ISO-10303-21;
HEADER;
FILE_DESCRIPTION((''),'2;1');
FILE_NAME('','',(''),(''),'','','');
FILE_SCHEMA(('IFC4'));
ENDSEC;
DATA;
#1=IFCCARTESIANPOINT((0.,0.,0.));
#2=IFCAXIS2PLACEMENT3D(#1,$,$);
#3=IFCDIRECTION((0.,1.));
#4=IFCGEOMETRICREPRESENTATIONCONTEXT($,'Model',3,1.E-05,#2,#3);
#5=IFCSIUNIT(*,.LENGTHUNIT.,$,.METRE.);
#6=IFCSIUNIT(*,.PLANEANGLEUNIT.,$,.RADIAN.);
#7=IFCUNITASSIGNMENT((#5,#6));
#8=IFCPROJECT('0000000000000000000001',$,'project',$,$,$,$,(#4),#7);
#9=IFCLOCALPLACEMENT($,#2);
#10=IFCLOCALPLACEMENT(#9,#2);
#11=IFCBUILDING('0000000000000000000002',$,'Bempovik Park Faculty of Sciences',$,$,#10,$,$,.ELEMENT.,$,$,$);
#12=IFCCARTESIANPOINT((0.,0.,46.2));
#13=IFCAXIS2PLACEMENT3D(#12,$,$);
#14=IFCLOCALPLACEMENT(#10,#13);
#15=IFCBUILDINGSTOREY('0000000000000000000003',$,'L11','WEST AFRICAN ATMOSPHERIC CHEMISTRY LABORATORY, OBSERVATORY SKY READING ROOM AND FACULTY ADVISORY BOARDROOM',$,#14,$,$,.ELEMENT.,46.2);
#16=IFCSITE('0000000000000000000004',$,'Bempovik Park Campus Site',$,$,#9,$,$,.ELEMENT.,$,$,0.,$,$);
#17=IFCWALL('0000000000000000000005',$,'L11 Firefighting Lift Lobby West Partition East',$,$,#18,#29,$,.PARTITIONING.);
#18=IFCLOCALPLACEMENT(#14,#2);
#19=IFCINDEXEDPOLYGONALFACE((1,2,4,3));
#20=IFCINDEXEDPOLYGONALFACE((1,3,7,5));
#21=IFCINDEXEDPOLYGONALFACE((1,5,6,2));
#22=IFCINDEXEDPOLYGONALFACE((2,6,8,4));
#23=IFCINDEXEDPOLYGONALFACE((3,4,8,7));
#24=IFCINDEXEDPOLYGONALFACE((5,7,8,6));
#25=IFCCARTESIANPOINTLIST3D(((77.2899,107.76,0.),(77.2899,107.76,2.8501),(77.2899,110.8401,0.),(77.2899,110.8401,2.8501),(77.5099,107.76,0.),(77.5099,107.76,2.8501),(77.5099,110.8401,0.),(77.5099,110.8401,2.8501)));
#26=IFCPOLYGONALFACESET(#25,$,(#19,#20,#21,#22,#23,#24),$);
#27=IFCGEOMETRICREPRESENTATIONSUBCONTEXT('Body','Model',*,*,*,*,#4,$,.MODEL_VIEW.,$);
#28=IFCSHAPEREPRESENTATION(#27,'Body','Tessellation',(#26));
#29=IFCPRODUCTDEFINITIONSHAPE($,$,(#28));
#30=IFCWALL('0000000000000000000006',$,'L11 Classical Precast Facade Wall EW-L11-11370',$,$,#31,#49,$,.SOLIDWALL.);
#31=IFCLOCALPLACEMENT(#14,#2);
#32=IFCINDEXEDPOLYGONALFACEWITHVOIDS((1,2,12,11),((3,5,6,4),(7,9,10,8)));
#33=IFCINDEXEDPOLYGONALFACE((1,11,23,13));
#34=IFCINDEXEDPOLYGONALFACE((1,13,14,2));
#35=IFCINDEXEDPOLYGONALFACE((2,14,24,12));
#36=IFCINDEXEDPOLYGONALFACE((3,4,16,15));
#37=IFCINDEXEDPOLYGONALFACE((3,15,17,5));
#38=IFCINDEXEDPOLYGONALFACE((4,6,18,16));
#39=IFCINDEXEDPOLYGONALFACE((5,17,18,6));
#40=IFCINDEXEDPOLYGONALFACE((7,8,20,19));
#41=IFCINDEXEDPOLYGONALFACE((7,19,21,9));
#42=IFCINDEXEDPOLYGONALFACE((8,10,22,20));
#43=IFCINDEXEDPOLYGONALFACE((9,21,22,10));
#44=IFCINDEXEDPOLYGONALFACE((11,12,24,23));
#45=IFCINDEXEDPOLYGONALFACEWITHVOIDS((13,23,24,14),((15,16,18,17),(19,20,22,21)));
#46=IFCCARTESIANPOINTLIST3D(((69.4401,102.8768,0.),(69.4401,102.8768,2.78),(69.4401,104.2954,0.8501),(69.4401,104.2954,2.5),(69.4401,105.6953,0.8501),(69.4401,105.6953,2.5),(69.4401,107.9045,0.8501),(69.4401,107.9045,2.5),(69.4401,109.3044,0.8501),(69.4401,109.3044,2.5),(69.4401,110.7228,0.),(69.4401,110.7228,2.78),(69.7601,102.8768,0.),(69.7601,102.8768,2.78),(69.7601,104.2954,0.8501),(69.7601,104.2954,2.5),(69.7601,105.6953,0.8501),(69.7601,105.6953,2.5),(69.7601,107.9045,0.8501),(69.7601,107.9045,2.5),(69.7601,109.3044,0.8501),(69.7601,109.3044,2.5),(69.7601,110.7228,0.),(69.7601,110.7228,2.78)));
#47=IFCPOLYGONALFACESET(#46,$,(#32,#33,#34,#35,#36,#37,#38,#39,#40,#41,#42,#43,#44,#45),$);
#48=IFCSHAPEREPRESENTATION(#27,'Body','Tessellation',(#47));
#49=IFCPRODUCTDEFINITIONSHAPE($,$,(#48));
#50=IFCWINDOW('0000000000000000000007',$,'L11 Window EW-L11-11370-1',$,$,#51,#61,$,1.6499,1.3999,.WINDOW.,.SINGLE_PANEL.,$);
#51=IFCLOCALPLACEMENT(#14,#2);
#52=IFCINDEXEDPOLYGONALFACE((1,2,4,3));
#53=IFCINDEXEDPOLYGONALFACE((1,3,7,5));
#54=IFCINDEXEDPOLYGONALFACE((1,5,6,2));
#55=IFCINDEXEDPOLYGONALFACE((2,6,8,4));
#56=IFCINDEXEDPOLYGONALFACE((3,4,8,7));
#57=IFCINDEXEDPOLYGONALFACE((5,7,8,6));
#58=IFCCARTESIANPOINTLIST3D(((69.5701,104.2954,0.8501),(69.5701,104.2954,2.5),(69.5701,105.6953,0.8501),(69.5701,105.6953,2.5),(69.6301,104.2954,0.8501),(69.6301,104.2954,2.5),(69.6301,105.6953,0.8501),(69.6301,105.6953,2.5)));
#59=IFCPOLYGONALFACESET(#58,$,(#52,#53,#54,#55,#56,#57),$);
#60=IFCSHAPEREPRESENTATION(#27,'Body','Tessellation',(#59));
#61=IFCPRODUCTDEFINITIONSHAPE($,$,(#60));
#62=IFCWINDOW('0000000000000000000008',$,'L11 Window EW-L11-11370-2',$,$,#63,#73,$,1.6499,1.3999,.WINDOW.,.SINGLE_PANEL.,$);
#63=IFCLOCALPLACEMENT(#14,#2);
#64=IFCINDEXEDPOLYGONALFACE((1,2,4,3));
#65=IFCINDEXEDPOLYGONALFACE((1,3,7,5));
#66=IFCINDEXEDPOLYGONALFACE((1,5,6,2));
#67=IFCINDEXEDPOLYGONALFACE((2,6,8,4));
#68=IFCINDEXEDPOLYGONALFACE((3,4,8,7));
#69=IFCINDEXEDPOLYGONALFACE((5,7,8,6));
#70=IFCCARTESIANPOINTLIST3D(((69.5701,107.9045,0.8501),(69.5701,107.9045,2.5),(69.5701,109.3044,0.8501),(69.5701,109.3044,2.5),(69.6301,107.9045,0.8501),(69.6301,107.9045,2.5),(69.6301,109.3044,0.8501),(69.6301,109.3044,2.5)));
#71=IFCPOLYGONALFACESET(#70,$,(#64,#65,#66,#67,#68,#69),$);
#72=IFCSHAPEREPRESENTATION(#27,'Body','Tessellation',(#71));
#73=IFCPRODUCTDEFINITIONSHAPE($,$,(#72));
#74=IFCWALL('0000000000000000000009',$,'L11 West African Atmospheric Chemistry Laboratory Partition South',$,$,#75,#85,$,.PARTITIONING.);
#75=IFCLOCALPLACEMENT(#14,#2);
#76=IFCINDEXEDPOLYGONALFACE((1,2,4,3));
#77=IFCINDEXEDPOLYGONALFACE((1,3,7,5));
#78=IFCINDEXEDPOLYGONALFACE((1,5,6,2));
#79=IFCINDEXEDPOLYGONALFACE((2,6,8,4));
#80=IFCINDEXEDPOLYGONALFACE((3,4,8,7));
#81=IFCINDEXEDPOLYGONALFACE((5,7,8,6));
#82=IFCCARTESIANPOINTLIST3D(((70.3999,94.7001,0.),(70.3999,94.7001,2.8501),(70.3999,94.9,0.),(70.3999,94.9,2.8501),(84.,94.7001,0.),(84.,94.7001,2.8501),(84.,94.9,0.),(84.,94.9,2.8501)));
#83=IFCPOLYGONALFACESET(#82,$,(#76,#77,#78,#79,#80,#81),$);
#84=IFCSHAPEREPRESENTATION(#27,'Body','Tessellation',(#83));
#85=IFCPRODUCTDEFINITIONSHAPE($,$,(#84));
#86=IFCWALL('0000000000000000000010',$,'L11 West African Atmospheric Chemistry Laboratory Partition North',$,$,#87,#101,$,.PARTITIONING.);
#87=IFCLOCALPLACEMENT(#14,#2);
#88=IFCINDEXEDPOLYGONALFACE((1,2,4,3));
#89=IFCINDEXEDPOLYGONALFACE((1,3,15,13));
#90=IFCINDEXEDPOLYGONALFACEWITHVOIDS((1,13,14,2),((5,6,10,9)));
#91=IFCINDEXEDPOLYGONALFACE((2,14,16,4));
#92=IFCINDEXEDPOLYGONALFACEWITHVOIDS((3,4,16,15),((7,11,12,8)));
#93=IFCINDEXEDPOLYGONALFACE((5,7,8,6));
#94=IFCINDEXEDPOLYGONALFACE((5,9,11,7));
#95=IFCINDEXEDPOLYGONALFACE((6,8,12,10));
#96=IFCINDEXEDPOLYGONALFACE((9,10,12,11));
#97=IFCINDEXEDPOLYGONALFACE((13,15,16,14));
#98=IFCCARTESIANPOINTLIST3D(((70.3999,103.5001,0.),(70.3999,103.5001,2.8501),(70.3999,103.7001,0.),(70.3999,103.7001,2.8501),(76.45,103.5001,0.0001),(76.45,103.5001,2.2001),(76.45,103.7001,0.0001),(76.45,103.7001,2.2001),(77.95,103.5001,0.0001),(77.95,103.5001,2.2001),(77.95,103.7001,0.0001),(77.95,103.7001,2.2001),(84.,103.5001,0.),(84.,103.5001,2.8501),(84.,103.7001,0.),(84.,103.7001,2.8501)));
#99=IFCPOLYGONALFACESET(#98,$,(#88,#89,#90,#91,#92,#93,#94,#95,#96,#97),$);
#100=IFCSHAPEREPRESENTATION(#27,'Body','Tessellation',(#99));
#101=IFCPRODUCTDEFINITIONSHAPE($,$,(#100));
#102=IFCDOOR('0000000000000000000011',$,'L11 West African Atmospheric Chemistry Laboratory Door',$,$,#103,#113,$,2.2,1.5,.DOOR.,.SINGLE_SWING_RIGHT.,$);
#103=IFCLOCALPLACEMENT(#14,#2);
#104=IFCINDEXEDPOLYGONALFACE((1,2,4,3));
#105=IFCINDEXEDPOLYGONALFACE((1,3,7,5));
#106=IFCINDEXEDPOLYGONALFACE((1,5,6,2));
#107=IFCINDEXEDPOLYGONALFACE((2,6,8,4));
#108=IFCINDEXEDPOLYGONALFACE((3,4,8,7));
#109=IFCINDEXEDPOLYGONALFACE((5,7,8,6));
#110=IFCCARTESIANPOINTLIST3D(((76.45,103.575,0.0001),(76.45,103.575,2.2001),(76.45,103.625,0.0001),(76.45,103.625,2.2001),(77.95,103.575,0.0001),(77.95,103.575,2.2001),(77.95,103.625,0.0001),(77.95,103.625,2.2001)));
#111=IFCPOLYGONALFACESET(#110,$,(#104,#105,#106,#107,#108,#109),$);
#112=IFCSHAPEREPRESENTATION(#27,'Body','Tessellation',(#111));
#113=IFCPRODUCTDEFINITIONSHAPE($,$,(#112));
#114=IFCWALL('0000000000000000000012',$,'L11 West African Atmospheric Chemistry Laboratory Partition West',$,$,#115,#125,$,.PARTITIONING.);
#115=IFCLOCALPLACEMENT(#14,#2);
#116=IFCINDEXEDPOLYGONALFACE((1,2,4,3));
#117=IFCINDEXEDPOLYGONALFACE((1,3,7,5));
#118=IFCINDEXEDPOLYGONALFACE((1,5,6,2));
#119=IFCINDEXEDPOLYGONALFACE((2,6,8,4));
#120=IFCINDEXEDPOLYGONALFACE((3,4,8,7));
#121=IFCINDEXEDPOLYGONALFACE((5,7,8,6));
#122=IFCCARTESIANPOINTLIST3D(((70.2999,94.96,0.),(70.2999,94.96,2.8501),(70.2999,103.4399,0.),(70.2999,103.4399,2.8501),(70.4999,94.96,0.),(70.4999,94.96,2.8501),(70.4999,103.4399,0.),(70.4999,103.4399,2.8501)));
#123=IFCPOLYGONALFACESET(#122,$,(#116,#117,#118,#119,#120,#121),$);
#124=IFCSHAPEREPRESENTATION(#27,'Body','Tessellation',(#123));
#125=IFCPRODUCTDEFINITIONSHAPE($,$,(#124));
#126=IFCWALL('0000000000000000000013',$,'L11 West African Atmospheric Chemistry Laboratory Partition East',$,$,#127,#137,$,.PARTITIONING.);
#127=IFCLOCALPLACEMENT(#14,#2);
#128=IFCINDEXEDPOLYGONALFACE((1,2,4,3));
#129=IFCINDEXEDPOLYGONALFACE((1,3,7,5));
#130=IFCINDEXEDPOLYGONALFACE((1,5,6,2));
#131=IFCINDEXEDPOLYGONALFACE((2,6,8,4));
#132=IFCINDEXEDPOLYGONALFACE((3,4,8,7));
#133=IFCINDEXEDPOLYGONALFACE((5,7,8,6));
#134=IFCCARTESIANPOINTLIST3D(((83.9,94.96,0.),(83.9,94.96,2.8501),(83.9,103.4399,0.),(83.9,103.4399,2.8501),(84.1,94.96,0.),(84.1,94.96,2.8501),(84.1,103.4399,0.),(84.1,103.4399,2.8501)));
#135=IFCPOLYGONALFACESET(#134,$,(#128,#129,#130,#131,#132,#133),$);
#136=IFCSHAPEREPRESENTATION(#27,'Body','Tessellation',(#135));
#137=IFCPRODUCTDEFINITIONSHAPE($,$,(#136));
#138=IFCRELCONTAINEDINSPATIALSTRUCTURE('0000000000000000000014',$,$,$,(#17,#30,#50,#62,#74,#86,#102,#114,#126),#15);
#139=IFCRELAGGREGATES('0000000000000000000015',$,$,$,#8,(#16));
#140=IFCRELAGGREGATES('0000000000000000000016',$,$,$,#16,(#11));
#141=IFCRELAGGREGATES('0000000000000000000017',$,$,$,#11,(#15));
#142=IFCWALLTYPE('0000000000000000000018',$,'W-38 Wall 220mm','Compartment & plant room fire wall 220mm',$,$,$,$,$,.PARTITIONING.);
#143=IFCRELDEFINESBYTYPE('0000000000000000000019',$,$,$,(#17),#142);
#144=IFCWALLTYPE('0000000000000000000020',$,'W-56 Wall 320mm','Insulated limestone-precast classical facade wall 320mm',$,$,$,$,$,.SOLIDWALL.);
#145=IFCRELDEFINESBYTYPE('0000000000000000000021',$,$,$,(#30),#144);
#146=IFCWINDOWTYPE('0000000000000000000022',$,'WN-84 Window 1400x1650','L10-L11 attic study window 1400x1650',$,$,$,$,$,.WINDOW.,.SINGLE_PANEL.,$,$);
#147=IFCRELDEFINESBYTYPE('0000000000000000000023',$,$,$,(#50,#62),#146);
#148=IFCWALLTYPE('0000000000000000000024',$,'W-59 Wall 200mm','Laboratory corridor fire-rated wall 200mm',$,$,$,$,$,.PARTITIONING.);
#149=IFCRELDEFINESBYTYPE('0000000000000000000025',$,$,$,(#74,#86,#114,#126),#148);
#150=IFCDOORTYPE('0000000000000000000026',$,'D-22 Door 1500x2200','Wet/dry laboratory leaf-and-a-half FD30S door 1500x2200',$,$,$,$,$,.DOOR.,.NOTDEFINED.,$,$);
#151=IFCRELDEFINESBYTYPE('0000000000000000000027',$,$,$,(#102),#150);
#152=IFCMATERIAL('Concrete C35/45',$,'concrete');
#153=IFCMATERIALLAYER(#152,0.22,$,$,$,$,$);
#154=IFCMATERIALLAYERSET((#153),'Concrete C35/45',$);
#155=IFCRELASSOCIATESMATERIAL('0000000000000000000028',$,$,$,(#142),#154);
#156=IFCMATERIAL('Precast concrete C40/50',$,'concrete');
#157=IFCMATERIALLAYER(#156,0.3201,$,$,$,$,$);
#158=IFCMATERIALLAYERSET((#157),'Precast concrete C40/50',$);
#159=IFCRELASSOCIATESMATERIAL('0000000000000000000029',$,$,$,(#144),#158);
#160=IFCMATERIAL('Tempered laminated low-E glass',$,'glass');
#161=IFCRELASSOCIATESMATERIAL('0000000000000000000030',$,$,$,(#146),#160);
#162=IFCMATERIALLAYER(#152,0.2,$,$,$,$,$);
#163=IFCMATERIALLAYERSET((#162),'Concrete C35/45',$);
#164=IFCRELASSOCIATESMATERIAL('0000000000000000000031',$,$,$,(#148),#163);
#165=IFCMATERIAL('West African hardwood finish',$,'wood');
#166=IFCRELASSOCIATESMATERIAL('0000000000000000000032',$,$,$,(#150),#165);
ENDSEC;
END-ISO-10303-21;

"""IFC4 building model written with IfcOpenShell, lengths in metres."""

from ifc_helpers import new_model, si_unit, direction, frame, frame_2d, origin, place, context, subcontext, project, spatial, rectangle, extrude, material, layer, layer_set, type_object, element, fill, save


model = new_model("IFC4")

# Units and contexts
model_context = context("Model", 3, precision=1e-05, world=origin(), true_north=direction((0.0, 1.0)))
body_context = subcontext(model_context, "Body", "Model", "MODEL_VIEW")
ifc_project = project(units=[si_unit("LENGTHUNIT", "METRE"), si_unit("PLANEANGLEUNIT", "RADIAN")], contexts=[model_context])

# Site, building, storey
site_placement = place(None, origin())
site = spatial("IfcSite", under=ifc_project, at=site_placement, Name="Bempovik Park Campus Site", CompositionType="ELEMENT", RefElevation=0.0)
building_placement = place(site_placement, origin())
building = spatial("IfcBuilding", under=site, at=building_placement, Name="Bempovik Park Faculty of Sciences", CompositionType="ELEMENT")
storey_placement = place(building_placement, frame((0.0, 0.0, 46.2)))
storey = spatial("IfcBuildingStorey", under=building, at=storey_placement, Name="L11", Description="WEST AFRICAN ATMOSPHERIC CHEMISTRY LABORATORY, OBSERVATORY SKY READING ROOM AND FACULTY ADVISORY BOARDROOM", CompositionType="ELEMENT", Elevation=46.2)

# Shared definitions
ifc_material_1 = material(Name="Concrete C35/45", Category="concrete")

# Shared definitions
ifc_layer_1 = layer(ifc_material_1, 0.22)
ifc_layer_set_1 = layer_set([ifc_layer_1], Name="Concrete C35/45")
wall_type_1 = type_object("IfcWallType", Name="W-38 Wall 220mm", Description="Compartment & plant room fire wall 220mm", PredefinedType="PARTITIONING", material=ifc_layer_set_1)

# Wall
for number, where, z_axis, x_axis, name in (
    (1, (77.3999, 107.76, 0.0), (0.0, 0.0, 1.0), (0.0, 1.0, 0.0), "L11 Firefighting Lift Lobby West Partition East"),
):
    element("IfcWall", number, at=place(storey_placement, frame(where, z_axis=z_axis, x_axis=x_axis)), inside=storey, type_object=wall_type_1, Name=name, PredefinedType="PARTITIONING", context=body_context, shape_type="SweptSolid", body=[
        extrude(rectangle(XDim=3.0801, YDim=0.22, at=frame_2d((1.54, 0.0))), origin(), (0.0, 0.0, 1.0), 2.8501),
    ])

# Wall, openings, windows
ifc_material_2 = material(Name="Precast concrete C40/50", Category="concrete")
ifc_layer_2 = layer(ifc_material_2, 0.3201)
ifc_layer_set_2 = layer_set([ifc_layer_2], Name="Precast concrete C40/50")
wall_type_2 = type_object("IfcWallType", Name="W-56 Wall 320mm", Description="Insulated limestone-precast classical facade wall 320mm", PredefinedType="SOLIDWALL", material=ifc_layer_set_2)
wall_1_placement = place(storey_placement, frame((69.6001, 102.877, 0.0), z_axis=(0.0, 0.0, 1.0), x_axis=(0.0, 1.0, 0.0)))
wall_1 = element("IfcWall", 2, at=wall_1_placement, inside=storey, type_object=wall_type_2, Name="L11 Classical Precast Facade Wall EW-L11-11370", PredefinedType="SOLIDWALL", context=body_context, shape_type="SweptSolid", body=[
    extrude(rectangle(XDim=7.8459, YDim=0.3201, at=frame_2d((3.9229, 0.0))), origin(), (0.0, 0.0, 1.0), 2.78),
])
opening_1_placement = place(wall_1_placement, frame((1.4185, 0.0, 0.8501)))
opening_1 = element("IfcOpeningElement", 3, at=opening_1_placement, cuts=wall_1, PredefinedType="OPENING", context=body_context, shape_type="SweptSolid", body=[
    extrude(rectangle(XDim=1.3999, YDim=1.6499, at=frame_2d((0.7, 0.825))), frame((0.0, 0.1699, 0.0), z_axis=(0.0, -1.0, 0.0), x_axis=(1.0, 0.0, 0.0)), (0.0, 0.0, 1.0), 0.3401),
])
opening_2_placement = place(wall_1_placement, frame((5.0276, 0.0, 0.8501)))
opening_2 = element("IfcOpeningElement", 4, at=opening_2_placement, cuts=wall_1, PredefinedType="OPENING", context=body_context, shape_type="SweptSolid", body=[
    extrude(rectangle(XDim=1.3999, YDim=1.6499, at=frame_2d((0.7, 0.825))), frame((0.0, 0.1699, 0.0), z_axis=(0.0, -1.0, 0.0), x_axis=(1.0, 0.0, 0.0)), (0.0, 0.0, 1.0), 0.3401),
])
ifc_material_3 = material(Name="Tempered laminated low-E glass", Category="glass")
window_type = type_object("IfcWindowType", Name="WN-84 Window 1400x1650", Description="L10-L11 attic study window 1400x1650", PartitioningType="SINGLE_PANEL", PredefinedType="WINDOW", material=ifc_material_3)
window_1_placement = place(opening_1_placement, origin())
window_1 = element("IfcWindow", 5, at=window_1_placement, inside=storey, type_object=window_type, Name="L11 Window EW-L11-11370-1", OverallHeight=1.6499, OverallWidth=1.3999, PartitioningType="SINGLE_PANEL", PredefinedType="WINDOW", context=body_context, shape_type="SweptSolid", body=[
    extrude(rectangle(XDim=1.3999, YDim=1.6499, at=frame_2d((0.7, 0.825))), frame((0.0, 0.03, 0.0), z_axis=(0.0, -1.0, 0.0), x_axis=(1.0, 0.0, 0.0)), (0.0, 0.0, 1.0), 0.0601),
])
fill(opening_1, window_1)
window_2_placement = place(opening_2_placement, origin())
window_2 = element("IfcWindow", 6, at=window_2_placement, inside=storey, type_object=window_type, Name="L11 Window EW-L11-11370-2", OverallHeight=1.6499, OverallWidth=1.3999, PartitioningType="SINGLE_PANEL", PredefinedType="WINDOW", context=body_context, shape_type="SweptSolid", body=[
    extrude(rectangle(XDim=1.3999, YDim=1.6499, at=frame_2d((0.7, 0.825))), frame((0.0, 0.03, 0.0), z_axis=(0.0, -1.0, 0.0), x_axis=(1.0, 0.0, 0.0)), (0.0, 0.0, 1.0), 0.0601),
])
fill(opening_2, window_2)

# Wall
ifc_layer_3 = layer(ifc_material_1, 0.2)
ifc_layer_set_3 = layer_set([ifc_layer_3], Name="Concrete C35/45")
wall_type_3 = type_object("IfcWallType", Name="W-59 Wall 200mm", Description="Laboratory corridor fire-rated wall 200mm", PredefinedType="PARTITIONING", material=ifc_layer_set_3)
wall_2_placement = place(storey_placement, frame((70.3999, 94.8, 0.0), z_axis=(0.0, 0.0, 1.0), x_axis=(1.0, 0.0, 0.0)))
element("IfcWall", 7, at=wall_2_placement, inside=storey, type_object=wall_type_3, Name="L11 West African Atmospheric Chemistry Laboratory Partition South", PredefinedType="PARTITIONING", context=body_context, shape_type="SweptSolid", body=[
    extrude(rectangle(XDim=13.6001, YDim=0.2, at=frame_2d((6.8, 0.0))), origin(), (0.0, 0.0, 1.0), 2.8501),
])

# Wall, opening, door
wall_3_placement = place(storey_placement, frame((70.3999, 103.6001, 0.0), z_axis=(0.0, 0.0, 1.0), x_axis=(1.0, 0.0, 0.0)))
wall_3 = element("IfcWall", 8, at=wall_3_placement, inside=storey, type_object=wall_type_3, Name="L11 West African Atmospheric Chemistry Laboratory Partition North", PredefinedType="PARTITIONING", context=body_context, shape_type="SweptSolid", body=[
    extrude(rectangle(XDim=13.6001, YDim=0.2, at=frame_2d((6.8, 0.0))), origin(), (0.0, 0.0, 1.0), 2.8501),
])
opening_3_placement = place(wall_3_placement, frame((6.05, 0.0, 0.0)))
opening_3 = element("IfcOpeningElement", 9, at=opening_3_placement, cuts=wall_3, PredefinedType="OPENING", context=body_context, shape_type="SweptSolid", body=[
    extrude(rectangle(XDim=1.5, YDim=2.2, at=frame_2d((0.75, 1.1001))), frame((0.0, 0.1099, 0.0), z_axis=(0.0, -1.0, 0.0), x_axis=(1.0, 0.0, 0.0)), (0.0, 0.0, 1.0), 0.22),
])
ifc_material_4 = material(Name="West African hardwood finish", Category="wood")
door_type_1 = type_object("IfcDoorType", Name="D-22 Door 1500x2200", Description="Wet/dry laboratory leaf-and-a-half FD30S door 1500x2200", OperationType="NOTDEFINED", PredefinedType="DOOR", material=ifc_material_4)
door_1_placement = place(opening_3_placement, origin())
door_1 = element("IfcDoor", 10, at=door_1_placement, inside=storey, type_object=door_type_1, Name="L11 West African Atmospheric Chemistry Laboratory Door", OperationType="SINGLE_SWING_RIGHT", OverallHeight=2.2, OverallWidth=1.5, PredefinedType="DOOR", context=body_context, shape_type="SweptSolid", body=[
    extrude(rectangle(XDim=1.5, YDim=2.2, at=frame_2d((0.75, 1.1001))), frame((0.0, 0.0249, 0.0), z_axis=(0.0, -1.0, 0.0), x_axis=(1.0, 0.0, 0.0)), (0.0, 0.0, 1.0), 0.05),
])
fill(opening_3, door_1)

# Walls
for number, where, z_axis, x_axis, name in (
    (11, (70.3999, 94.96, 0.0), (0.0, 0.0, 1.0), (0.0, 1.0, 0.0), "L11 West African Atmospheric Chemistry Laboratory Partition West"),
    (12, (84.0, 94.96, 0.0), (0.0, 0.0, 1.0), (0.0, 1.0, 0.0), "L11 West African Atmospheric Chemistry Laboratory Partition East"),
):
    element("IfcWall", number, at=place(storey_placement, frame(where, z_axis=z_axis, x_axis=x_axis)), inside=storey, type_object=wall_type_3, Name=name, PredefinedType="PARTITIONING", context=body_context, shape_type="SweptSolid", body=[
        extrude(rectangle(XDim=8.48, YDim=0.2, at=frame_2d((4.24, 0.0))), origin(), (0.0, 0.0, 1.0), 2.8501),
    ])

save(model, "model.ifc")
